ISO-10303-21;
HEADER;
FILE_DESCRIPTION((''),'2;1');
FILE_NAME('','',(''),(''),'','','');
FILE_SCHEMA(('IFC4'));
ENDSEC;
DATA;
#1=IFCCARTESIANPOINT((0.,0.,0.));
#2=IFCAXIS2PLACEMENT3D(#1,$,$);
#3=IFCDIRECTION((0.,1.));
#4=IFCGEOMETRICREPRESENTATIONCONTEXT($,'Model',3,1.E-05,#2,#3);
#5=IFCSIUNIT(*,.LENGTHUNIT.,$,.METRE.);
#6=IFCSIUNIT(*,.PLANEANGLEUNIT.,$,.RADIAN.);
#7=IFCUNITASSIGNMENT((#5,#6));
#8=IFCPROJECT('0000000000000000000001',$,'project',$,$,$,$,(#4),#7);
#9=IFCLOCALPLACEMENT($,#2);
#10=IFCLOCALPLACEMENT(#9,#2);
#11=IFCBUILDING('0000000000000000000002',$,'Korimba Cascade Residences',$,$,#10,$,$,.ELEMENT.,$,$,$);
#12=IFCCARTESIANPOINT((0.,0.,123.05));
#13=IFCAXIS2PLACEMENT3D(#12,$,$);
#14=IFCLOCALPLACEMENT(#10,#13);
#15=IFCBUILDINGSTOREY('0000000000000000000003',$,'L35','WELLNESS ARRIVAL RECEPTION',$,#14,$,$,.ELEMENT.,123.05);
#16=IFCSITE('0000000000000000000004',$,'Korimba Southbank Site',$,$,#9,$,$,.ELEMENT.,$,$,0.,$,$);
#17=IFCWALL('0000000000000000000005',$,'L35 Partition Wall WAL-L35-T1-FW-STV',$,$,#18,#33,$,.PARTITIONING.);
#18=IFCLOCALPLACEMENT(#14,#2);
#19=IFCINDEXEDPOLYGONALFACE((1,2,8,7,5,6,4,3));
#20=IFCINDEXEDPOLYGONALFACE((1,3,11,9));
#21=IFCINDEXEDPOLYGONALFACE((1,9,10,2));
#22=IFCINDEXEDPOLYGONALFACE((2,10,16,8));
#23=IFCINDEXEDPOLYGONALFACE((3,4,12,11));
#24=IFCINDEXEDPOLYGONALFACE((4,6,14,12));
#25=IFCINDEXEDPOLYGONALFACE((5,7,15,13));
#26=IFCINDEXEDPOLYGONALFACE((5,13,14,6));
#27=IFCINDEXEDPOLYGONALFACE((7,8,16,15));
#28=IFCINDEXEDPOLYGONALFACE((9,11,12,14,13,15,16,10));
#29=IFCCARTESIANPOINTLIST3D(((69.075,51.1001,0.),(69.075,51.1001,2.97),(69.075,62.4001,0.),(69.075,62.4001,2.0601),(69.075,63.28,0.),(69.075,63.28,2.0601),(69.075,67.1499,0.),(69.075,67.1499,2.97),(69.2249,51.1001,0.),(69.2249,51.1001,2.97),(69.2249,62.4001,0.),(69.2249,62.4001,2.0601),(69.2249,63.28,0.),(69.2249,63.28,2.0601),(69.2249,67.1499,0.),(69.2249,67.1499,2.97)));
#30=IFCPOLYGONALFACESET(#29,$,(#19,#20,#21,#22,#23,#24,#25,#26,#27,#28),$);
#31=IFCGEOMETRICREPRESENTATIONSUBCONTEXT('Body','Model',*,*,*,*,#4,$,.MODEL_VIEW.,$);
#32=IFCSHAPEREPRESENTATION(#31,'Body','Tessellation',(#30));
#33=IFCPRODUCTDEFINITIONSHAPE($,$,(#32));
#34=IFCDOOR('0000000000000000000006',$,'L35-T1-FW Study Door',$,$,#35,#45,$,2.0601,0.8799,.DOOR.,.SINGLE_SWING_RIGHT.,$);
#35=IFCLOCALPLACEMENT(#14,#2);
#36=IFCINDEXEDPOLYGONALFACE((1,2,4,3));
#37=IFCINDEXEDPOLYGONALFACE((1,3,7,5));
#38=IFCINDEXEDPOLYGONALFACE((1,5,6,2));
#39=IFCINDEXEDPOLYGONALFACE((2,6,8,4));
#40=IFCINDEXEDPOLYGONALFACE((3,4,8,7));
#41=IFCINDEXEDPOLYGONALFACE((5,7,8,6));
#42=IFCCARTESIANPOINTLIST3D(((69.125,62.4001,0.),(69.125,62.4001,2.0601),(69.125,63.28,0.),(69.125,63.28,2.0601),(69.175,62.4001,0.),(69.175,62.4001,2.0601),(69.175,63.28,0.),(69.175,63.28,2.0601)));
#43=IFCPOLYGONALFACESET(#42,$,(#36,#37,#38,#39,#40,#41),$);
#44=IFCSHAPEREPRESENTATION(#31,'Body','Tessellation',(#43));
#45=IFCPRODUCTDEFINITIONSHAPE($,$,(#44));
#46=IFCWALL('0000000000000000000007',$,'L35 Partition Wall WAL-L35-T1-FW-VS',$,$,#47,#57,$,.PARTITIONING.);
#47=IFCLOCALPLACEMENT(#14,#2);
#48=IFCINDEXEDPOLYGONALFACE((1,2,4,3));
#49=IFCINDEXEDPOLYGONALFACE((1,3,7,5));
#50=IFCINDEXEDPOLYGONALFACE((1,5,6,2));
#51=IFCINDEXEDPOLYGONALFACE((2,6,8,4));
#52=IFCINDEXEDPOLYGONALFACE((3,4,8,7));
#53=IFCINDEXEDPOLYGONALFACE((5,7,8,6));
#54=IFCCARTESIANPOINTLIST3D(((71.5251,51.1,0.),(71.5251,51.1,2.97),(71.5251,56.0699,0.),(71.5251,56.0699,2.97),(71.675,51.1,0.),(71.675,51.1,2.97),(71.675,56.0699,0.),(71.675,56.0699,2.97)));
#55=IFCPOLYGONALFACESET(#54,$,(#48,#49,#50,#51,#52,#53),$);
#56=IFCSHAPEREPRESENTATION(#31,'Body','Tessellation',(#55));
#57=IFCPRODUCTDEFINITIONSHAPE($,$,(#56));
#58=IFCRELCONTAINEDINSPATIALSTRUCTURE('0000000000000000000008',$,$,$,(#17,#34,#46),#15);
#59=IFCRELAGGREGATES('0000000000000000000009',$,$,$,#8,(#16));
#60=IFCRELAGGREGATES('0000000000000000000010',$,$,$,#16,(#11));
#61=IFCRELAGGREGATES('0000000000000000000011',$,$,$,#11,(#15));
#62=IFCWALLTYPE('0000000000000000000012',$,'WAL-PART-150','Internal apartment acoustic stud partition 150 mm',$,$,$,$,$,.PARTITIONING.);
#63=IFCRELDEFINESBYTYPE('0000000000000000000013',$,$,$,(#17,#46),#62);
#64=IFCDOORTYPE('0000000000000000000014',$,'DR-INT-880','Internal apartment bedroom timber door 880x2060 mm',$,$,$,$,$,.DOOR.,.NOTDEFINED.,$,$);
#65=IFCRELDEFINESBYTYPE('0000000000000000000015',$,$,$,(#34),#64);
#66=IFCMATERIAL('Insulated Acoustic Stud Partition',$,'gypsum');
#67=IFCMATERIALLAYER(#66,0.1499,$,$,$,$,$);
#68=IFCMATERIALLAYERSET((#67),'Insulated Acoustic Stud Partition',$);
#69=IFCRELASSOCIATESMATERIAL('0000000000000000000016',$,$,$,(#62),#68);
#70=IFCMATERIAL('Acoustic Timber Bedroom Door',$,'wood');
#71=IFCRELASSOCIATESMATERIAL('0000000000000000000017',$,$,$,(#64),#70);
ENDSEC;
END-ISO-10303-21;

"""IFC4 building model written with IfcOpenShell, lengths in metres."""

from ifc_helpers import new_model, si_unit, direction, frame, frame_2d, origin, place, context, subcontext, project, spatial, rectangle, extrude, material, layer, layer_set, type_object, element, fill, save


model = new_model("IFC4")

# Units and contexts
model_context = context("Model", 3, precision=1e-05, world=origin(), true_north=direction((0.0, 1.0)))
body_context = subcontext(model_context, "Body", "Model", "MODEL_VIEW")
ifc_project = project(units=[si_unit("LENGTHUNIT", "METRE"), si_unit("PLANEANGLEUNIT", "RADIAN")], contexts=[model_context])

# Site, building, storey
site_placement = place(None, origin())
site = spatial("IfcSite", under=ifc_project, at=site_placement, Name="Korimba Southbank Site", CompositionType="ELEMENT", RefElevation=0.0)
building_placement = place(site_placement, origin())
building = spatial("IfcBuilding", under=site, at=building_placement, Name="Korimba Cascade Residences", CompositionType="ELEMENT")
storey_placement = place(building_placement, frame((0.0, 0.0, 123.05)))
storey = spatial("IfcBuildingStorey", under=building, at=storey_placement, Name="L35", Description="WELLNESS ARRIVAL RECEPTION", CompositionType="ELEMENT", Elevation=123.05)

# Wall, opening, door
ifc_material_1 = material(Name="Insulated Acoustic Stud Partition", Category="gypsum")
ifc_layer_1 = layer(ifc_material_1, 0.1499)
ifc_layer_set_1 = layer_set([ifc_layer_1], Name="Insulated Acoustic Stud Partition")
wall_type_1 = type_object("IfcWallType", Name="WAL-PART-150", Description="Internal apartment acoustic stud partition 150 mm", PredefinedType="PARTITIONING", material=ifc_layer_set_1)
wall_1_placement = place(storey_placement, frame((69.1499, 51.1001, 0.0), z_axis=(0.0, 0.0, 1.0), x_axis=(0.0, 1.0, 0.0)))
wall_1 = element("IfcWall", 1, at=wall_1_placement, inside=storey, type_object=wall_type_1, Name="L35 Partition Wall WAL-L35-T1-FW-STV", PredefinedType="PARTITIONING", context=body_context, shape_type="SweptSolid", body=[
    extrude(rectangle(XDim=16.0498, YDim=0.1499, at=frame_2d((8.0249, 0.0))), origin(), (0.0, 0.0, 1.0), 2.97),
])
opening_1_placement = place(wall_1_placement, frame((11.3, 0.0, 0.0)))
opening_1 = element("IfcOpeningElement", 2, at=opening_1_placement, cuts=wall_1, PredefinedType="OPENING", context=body_context, shape_type="SweptSolid", body=[
    extrude(rectangle(XDim=0.8799, YDim=2.0601, at=frame_2d((0.4399, 1.03))), frame((0.0, 0.085, 0.0), z_axis=(0.0, -1.0, 0.0), x_axis=(1.0, 0.0, 0.0)), (0.0, 0.0, 1.0), 0.1699),
])
ifc_material_2 = material(Name="Acoustic Timber Bedroom Door", Category="wood")
door_type = type_object("IfcDoorType", Name="DR-INT-880", Description="Internal apartment bedroom timber door 880x2060 mm", OperationType="NOTDEFINED", PredefinedType="DOOR", material=ifc_material_2)
door_placement = place(opening_1_placement, origin())
door = element("IfcDoor", 3, at=door_placement, inside=storey, type_object=door_type, Name="L35-T1-FW Study Door", OperationType="SINGLE_SWING_RIGHT", OverallHeight=2.0601, OverallWidth=0.8799, PredefinedType="DOOR", context=body_context, shape_type="SweptSolid", body=[
    extrude(rectangle(XDim=0.8799, YDim=2.0601, at=frame_2d((0.4399, 1.03))), frame((0.0, 0.0249, 0.0), z_axis=(0.0, -1.0, 0.0), x_axis=(1.0, 0.0, 0.0)), (0.0, 0.0, 1.0), 0.05),
])
fill(opening_1, door)

# Wall
wall_2_placement = place(storey_placement, frame((71.6001, 51.1001, 0.0), z_axis=(0.0, 0.0, 1.0), x_axis=(0.0, 1.0, 0.0)))
element("IfcWall", 4, at=wall_2_placement, inside=storey, type_object=wall_type_1, Name="L35 Partition Wall WAL-L35-T1-FW-VS", PredefinedType="PARTITIONING", context=body_context, shape_type="SweptSolid", body=[
    extrude(rectangle(XDim=4.97, YDim=0.1499, at=frame_2d((2.4849, 0.0))), origin(), (0.0, 0.0, 1.0), 2.97),
])

save(model, "model.ifc")
